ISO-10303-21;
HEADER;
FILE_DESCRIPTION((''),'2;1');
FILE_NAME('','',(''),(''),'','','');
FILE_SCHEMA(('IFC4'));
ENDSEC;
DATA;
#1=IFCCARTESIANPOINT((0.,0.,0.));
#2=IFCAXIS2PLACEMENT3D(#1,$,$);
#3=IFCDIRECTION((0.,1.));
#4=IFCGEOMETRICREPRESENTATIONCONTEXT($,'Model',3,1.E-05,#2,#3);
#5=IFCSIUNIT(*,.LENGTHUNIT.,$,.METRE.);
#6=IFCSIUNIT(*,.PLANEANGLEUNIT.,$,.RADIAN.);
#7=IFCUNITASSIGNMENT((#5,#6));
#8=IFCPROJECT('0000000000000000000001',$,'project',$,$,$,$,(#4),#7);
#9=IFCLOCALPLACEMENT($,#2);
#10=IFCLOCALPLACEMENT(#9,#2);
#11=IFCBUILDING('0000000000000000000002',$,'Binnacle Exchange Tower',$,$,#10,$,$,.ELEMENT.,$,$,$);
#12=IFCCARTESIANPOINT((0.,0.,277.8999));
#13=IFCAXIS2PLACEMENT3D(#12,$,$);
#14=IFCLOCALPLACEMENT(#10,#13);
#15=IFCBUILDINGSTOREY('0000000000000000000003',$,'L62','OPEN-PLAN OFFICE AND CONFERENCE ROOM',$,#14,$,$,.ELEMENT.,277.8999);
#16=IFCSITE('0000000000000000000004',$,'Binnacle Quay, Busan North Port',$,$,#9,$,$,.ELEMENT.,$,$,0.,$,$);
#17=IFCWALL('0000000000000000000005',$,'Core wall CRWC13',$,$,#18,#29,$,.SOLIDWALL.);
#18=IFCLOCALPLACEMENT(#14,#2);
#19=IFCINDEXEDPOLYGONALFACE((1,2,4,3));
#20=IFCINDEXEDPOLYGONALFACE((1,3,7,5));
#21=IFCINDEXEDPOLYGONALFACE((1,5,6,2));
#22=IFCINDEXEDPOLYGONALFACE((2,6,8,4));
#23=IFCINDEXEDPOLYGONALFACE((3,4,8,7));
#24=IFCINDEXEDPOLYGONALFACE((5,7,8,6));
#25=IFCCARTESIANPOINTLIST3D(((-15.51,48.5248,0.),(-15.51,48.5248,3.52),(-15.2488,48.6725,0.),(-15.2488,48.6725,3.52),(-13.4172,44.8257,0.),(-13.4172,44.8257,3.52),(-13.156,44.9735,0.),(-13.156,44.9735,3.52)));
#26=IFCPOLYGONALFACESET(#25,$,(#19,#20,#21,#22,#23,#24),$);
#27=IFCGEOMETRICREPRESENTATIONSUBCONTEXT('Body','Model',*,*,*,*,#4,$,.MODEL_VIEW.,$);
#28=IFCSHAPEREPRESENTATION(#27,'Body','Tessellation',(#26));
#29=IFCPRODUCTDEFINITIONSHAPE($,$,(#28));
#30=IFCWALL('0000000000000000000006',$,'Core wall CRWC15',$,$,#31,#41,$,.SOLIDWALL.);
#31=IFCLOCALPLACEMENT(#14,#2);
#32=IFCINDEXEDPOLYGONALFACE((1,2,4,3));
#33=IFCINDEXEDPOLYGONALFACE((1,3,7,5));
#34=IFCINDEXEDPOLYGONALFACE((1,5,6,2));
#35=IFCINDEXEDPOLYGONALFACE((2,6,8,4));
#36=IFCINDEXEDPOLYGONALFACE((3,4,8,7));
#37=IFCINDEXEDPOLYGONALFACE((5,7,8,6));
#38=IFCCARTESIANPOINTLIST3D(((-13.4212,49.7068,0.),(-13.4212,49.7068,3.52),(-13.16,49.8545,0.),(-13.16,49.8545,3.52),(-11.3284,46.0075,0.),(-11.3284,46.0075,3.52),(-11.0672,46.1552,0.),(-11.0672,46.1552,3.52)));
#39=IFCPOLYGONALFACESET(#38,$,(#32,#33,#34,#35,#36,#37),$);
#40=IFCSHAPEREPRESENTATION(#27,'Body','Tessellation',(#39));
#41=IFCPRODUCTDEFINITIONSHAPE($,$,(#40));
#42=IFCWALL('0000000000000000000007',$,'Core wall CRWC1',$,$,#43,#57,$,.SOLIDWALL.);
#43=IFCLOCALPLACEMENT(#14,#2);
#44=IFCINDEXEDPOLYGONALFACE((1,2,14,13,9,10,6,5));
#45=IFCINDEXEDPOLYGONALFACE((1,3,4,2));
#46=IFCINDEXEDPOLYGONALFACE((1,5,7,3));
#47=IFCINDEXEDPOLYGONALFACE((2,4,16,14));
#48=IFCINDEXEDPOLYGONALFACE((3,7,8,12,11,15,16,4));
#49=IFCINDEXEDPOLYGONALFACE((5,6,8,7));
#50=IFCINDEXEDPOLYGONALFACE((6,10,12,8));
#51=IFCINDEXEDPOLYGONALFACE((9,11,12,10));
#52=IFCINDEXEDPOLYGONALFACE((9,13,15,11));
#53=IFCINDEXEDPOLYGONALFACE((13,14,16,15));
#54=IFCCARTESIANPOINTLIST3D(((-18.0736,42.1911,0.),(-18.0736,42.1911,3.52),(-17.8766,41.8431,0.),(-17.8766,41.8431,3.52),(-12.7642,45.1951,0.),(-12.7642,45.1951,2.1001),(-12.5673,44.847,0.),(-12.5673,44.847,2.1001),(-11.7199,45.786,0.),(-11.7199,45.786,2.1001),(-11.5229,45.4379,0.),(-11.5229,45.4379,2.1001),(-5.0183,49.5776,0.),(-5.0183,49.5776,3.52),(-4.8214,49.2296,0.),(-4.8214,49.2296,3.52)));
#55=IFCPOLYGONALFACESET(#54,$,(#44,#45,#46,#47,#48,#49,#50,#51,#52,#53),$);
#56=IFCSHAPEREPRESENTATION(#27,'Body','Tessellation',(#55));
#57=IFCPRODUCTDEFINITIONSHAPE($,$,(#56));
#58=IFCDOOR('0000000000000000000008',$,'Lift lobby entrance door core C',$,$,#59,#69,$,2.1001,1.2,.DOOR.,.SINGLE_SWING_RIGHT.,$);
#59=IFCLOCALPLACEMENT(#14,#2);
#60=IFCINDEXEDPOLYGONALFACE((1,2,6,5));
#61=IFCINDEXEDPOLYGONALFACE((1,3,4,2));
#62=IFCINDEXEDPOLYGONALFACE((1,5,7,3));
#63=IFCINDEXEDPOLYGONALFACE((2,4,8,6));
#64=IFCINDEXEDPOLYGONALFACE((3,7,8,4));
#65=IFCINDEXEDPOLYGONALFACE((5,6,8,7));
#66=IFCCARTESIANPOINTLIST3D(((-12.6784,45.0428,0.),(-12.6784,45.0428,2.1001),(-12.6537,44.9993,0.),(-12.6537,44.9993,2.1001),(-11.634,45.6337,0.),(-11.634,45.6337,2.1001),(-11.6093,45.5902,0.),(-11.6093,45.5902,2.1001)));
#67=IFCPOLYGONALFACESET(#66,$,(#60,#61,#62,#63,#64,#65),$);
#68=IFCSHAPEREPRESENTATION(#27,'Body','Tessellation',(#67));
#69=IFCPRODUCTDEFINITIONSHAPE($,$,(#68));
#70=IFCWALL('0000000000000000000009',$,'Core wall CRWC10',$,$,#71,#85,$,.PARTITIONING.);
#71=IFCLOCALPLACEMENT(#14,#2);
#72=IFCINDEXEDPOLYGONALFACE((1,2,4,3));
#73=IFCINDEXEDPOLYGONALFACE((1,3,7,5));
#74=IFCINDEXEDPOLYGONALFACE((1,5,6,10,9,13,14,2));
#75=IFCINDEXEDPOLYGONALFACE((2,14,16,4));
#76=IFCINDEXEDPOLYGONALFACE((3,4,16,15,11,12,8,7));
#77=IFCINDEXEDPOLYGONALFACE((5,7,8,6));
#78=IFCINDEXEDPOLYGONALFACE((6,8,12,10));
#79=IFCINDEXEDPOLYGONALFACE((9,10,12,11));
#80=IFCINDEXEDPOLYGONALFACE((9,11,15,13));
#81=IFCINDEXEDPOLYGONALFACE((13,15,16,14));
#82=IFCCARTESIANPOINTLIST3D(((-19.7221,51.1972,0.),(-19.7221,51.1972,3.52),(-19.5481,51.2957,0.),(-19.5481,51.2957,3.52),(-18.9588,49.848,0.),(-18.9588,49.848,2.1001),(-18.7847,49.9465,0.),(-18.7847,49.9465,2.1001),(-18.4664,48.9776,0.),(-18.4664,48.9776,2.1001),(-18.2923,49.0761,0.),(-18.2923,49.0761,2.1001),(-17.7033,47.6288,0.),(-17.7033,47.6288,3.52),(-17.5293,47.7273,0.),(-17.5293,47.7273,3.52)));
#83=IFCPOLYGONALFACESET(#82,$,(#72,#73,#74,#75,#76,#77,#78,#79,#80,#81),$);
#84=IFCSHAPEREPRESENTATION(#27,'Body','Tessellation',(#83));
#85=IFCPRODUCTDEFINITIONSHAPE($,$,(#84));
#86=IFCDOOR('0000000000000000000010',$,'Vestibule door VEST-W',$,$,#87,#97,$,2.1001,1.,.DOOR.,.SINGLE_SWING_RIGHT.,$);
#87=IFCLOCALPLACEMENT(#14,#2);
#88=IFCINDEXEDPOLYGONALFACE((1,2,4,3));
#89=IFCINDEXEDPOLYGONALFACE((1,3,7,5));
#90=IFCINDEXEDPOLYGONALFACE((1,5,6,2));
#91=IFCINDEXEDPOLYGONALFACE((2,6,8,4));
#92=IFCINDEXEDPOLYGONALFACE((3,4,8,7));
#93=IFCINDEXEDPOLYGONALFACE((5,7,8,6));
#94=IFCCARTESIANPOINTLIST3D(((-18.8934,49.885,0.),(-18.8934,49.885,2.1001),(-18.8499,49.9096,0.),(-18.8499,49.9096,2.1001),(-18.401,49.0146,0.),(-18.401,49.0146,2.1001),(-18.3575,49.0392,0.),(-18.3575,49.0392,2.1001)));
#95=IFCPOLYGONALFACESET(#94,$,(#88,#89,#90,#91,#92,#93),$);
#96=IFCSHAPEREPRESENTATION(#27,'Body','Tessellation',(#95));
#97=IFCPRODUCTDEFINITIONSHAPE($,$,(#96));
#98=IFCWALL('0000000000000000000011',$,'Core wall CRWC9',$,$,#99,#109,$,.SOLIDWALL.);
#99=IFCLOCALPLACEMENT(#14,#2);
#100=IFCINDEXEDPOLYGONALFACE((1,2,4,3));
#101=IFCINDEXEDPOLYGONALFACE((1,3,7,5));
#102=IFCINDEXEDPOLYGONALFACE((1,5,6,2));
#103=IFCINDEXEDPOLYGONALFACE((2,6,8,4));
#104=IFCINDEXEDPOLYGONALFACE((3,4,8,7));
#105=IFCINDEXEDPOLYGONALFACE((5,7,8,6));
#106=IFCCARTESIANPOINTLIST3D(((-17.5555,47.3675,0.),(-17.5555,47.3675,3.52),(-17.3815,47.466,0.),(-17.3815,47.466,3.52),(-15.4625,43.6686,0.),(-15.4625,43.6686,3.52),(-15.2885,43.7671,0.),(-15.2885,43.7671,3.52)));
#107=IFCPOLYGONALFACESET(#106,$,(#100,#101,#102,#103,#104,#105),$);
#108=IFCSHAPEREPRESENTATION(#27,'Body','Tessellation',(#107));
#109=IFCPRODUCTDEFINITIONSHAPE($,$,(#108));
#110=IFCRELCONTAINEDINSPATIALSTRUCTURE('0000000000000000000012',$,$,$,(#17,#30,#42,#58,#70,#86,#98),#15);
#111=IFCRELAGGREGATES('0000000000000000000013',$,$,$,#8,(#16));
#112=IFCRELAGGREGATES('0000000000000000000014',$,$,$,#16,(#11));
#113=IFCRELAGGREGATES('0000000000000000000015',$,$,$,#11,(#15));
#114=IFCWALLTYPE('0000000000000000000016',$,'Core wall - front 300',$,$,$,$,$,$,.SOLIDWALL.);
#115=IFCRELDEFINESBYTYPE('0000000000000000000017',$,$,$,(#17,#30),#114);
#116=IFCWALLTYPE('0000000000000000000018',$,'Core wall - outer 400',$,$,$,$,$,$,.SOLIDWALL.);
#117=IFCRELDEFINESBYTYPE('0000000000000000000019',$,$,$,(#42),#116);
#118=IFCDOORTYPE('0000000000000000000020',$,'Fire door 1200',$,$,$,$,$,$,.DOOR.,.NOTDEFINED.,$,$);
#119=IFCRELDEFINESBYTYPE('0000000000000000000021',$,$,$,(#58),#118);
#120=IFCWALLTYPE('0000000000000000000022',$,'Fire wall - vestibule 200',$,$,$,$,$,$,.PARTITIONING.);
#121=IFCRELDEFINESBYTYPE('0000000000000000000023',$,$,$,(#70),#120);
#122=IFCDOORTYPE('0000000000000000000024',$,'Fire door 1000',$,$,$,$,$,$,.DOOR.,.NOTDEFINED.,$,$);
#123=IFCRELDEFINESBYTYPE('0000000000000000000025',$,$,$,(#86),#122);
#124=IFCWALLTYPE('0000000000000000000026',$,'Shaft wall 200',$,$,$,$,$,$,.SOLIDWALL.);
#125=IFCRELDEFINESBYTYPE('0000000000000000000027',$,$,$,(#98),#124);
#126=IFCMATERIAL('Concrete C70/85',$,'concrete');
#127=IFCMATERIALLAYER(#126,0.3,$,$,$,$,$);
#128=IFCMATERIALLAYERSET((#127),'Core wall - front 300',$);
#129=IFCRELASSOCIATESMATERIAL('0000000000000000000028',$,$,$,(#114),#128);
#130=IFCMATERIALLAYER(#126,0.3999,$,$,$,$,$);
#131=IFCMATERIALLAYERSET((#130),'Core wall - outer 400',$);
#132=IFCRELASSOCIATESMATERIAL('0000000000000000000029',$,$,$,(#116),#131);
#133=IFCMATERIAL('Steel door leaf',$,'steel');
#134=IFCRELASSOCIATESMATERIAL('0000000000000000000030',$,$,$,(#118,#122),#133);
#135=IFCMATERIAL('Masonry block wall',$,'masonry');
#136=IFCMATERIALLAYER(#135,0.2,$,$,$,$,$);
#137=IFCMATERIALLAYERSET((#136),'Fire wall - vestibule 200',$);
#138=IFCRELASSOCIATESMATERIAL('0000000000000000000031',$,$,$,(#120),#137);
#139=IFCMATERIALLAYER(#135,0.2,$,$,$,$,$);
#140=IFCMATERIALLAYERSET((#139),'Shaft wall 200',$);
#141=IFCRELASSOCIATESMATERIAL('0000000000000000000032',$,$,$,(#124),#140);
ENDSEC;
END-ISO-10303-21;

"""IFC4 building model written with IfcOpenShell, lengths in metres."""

from ifc_helpers import new_model, si_unit, direction, frame, frame_2d, origin, place, context, subcontext, project, spatial, rectangle, extrude, material, layer, layer_set, type_object, element, fill, save


model = new_model("IFC4")

# Units and contexts
model_context = context("Model", 3, precision=1e-05, world=origin(), true_north=direction((0.0, 1.0)))
body_context = subcontext(model_context, "Body", "Model", "MODEL_VIEW")
ifc_project = project(units=[si_unit("LENGTHUNIT", "METRE"), si_unit("PLANEANGLEUNIT", "RADIAN")], contexts=[model_context])

# Site, building, storey
site_placement = place(None, origin())
site = spatial("IfcSite", under=ifc_project, at=site_placement, Name="Binnacle Quay, Busan North Port", CompositionType="ELEMENT", RefElevation=0.0)
building_placement = place(site_placement, origin())
building = spatial("IfcBuilding", under=site, at=building_placement, Name="Binnacle Exchange Tower", CompositionType="ELEMENT")
storey_placement = place(building_placement, frame((0.0, 0.0, 277.8999)))
storey = spatial("IfcBuildingStorey", under=building, at=storey_placement, Name="L62", Description="OPEN-PLAN OFFICE AND CONFERENCE ROOM", CompositionType="ELEMENT", Elevation=277.8999)

# Shared definitions
ifc_material_1 = material(Name="Concrete C70/85", Category="concrete")
ifc_layer_1 = layer(ifc_material_1, 0.3)
ifc_layer_set_1 = layer_set([ifc_layer_1], Name="Core wall - front 300")
wall_type_1 = type_object("IfcWallType", Name="Core wall - front 300", PredefinedType="SOLIDWALL", material=ifc_layer_set_1)
ifc_material_2 = material(Name="Steel door leaf", Category="steel")

# Walls
wall_1_placement = place(storey_placement, frame((-15.3794, 48.5986, 0.0), z_axis=(0.0, 0.0, 1.0), x_axis=(0.492423, -0.870356, 0.0)))
element("IfcWall", 1, at=wall_1_placement, inside=storey, type_object=wall_type_1, Name="Core wall CRWC13", PredefinedType="SOLIDWALL", context=body_context, shape_type="SweptSolid", body=[
    extrude(rectangle(XDim=4.25, YDim=0.3, at=frame_2d((2.125, 0.0))), origin(), (0.0, 0.0, 1.0), 3.52),
])
wall_2_placement = place(storey_placement, frame((-13.2905, 49.7805, 0.0), z_axis=(0.0, 0.0, 1.0), x_axis=(0.492398, -0.87037, 0.0)))
element("IfcWall", 2, at=wall_2_placement, inside=storey, type_object=wall_type_1, Name="Core wall CRWC15", PredefinedType="SOLIDWALL", context=body_context, shape_type="SweptSolid", body=[
    extrude(rectangle(XDim=4.2502, YDim=0.3, at=frame_2d((2.125, 0.0))), origin(), (0.0, 0.0, 1.0), 3.52),
])

# Walls, openings, doors
ifc_layer_2 = layer(ifc_material_1, 0.3999)
ifc_layer_set_2 = layer_set([ifc_layer_2], Name="Core wall - outer 400")
wall_type_2 = type_object("IfcWallType", Name="Core wall - outer 400", PredefinedType="SOLIDWALL", material=ifc_layer_set_2)
wall_3_placement = place(storey_placement, frame((-17.9751, 42.0171, 0.0), z_axis=(0.0, 0.0, 1.0), x_axis=(0.87035, 0.492434, 0.0)))
wall_3 = element("IfcWall", 3, at=wall_3_placement, inside=storey, type_object=wall_type_2, Name="Core wall CRWC1", PredefinedType="SOLIDWALL", context=body_context, shape_type="SweptSolid", body=[
    extrude(rectangle(XDim=15.0, YDim=0.3999, at=frame_2d((7.5, 0.0))), origin(), (0.0, 0.0, 1.0), 3.52),
])
opening_1_placement = place(wall_3_placement, frame((6.1001, 0.0, 0.0)))
opening_1 = element("IfcOpeningElement", 4, at=opening_1_placement, cuts=wall_3, PredefinedType="OPENING", context=body_context, shape_type="SweptSolid", body=[
    extrude(rectangle(XDim=1.2, YDim=2.1001, at=frame_2d((0.6001, 1.05))), frame((0.0, 0.21, 0.0), z_axis=(0.0, -1.0, 0.0), x_axis=(1.0, 0.0, 0.0)), (0.0, 0.0, 1.0), 0.4199),
])
door_type_1 = type_object("IfcDoorType", Name="Fire door 1200", OperationType="NOTDEFINED", PredefinedType="DOOR", material=ifc_material_2)
door_1_placement = place(opening_1_placement, frame((1.2, 0.0, 0.0), z_axis=(0.0, 0.0, 1.0), x_axis=(-1.0, 0.0, 0.0)))
door_1 = element("IfcDoor", 5, at=door_1_placement, inside=storey, type_object=door_type_1, Name="Lift lobby entrance door core C", OperationType="SINGLE_SWING_RIGHT", OverallHeight=2.1001, OverallWidth=1.2, PredefinedType="DOOR", context=body_context, shape_type="SweptSolid", body=[
    extrude(rectangle(XDim=1.2, YDim=2.1001, at=frame_2d((0.6001, 1.05))), frame((0.0, 0.0249, 0.0), z_axis=(0.0, -1.0, 0.0), x_axis=(1.0, 0.0, 0.0)), (0.0, 0.0, 1.0), 0.05),
])
fill(opening_1, door_1)
ifc_material_3 = material(Name="Masonry block wall", Category="masonry")
ifc_layer_3 = layer(ifc_material_3, 0.2)
ifc_layer_set_3 = layer_set([ifc_layer_3], Name="Fire wall - vestibule 200")
wall_type_3 = type_object("IfcWallType", Name="Fire wall - vestibule 200", PredefinedType="PARTITIONING", material=ifc_layer_set_3)
wall_4_placement = place(storey_placement, frame((-19.635, 51.2463, 0.0), z_axis=(0.0, 0.0, 1.0), x_axis=(0.492408, -0.870364, 0.0)))
wall_4 = element("IfcWall", 6, at=wall_4_placement, inside=storey, type_object=wall_type_3, Name="Core wall CRWC10", PredefinedType="PARTITIONING", context=body_context, shape_type="SweptSolid", body=[
    extrude(rectangle(XDim=4.0999, YDim=0.2, at=frame_2d((2.0498, 0.0))), origin(), (0.0, 0.0, 1.0), 3.52),
])
opening_2_placement = place(wall_4_placement, frame((1.55, 0.0, 0.0)))
opening_2 = element("IfcOpeningElement", 7, at=opening_2_placement, cuts=wall_4, PredefinedType="OPENING", context=body_context, shape_type="SweptSolid", body=[
    extrude(rectangle(XDim=1.0, YDim=2.1001, at=frame_2d((0.5, 1.05))), frame((0.0, 0.1099, 0.0), z_axis=(0.0, -1.0, 0.0), x_axis=(1.0, 0.0, 0.0)), (0.0, 0.0, 1.0), 0.22),
])
door_type_2 = type_object("IfcDoorType", Name="Fire door 1000", OperationType="NOTDEFINED", PredefinedType="DOOR", material=ifc_material_2)
door_2_placement = place(opening_2_placement, frame((1.0, 0.0, 0.0), z_axis=(0.0, 0.0, 1.0), x_axis=(-1.0, 0.0, 0.0)))
door_2 = element("IfcDoor", 8, at=door_2_placement, inside=storey, type_object=door_type_2, Name="Vestibule door VEST-W", OperationType="SINGLE_SWING_RIGHT", OverallHeight=2.1001, OverallWidth=1.0, PredefinedType="DOOR", context=body_context, shape_type="SweptSolid", body=[
    extrude(rectangle(XDim=1.0, YDim=2.1001, at=frame_2d((0.5, 1.05))), frame((0.0, 0.0249, 0.0), z_axis=(0.0, -1.0, 0.0), x_axis=(1.0, 0.0, 0.0)), (0.0, 0.0, 1.0), 0.05),
])
fill(opening_2, door_2)

# Wall
ifc_layer_4 = layer(ifc_material_3, 0.2)
ifc_layer_set_4 = layer_set([ifc_layer_4], Name="Shaft wall 200")
wall_type_4 = type_object("IfcWallType", Name="Shaft wall 200", PredefinedType="SOLIDWALL", material=ifc_layer_set_4)
wall_5_placement = place(storey_placement, frame((-17.4685, 47.4167, 0.0), z_axis=(0.0, 0.0, 1.0), x_axis=(0.492466, -0.870332, 0.0)))
element("IfcWall", 9, at=wall_5_placement, inside=storey, type_object=wall_type_4, Name="Core wall CRWC9", PredefinedType="SOLIDWALL", context=body_context, shape_type="SweptSolid", body=[
    extrude(rectangle(XDim=4.25, YDim=0.2, at=frame_2d((2.125, 0.0))), origin(), (0.0, 0.0, 1.0), 3.52),
])

save(model, "model.ifc")
